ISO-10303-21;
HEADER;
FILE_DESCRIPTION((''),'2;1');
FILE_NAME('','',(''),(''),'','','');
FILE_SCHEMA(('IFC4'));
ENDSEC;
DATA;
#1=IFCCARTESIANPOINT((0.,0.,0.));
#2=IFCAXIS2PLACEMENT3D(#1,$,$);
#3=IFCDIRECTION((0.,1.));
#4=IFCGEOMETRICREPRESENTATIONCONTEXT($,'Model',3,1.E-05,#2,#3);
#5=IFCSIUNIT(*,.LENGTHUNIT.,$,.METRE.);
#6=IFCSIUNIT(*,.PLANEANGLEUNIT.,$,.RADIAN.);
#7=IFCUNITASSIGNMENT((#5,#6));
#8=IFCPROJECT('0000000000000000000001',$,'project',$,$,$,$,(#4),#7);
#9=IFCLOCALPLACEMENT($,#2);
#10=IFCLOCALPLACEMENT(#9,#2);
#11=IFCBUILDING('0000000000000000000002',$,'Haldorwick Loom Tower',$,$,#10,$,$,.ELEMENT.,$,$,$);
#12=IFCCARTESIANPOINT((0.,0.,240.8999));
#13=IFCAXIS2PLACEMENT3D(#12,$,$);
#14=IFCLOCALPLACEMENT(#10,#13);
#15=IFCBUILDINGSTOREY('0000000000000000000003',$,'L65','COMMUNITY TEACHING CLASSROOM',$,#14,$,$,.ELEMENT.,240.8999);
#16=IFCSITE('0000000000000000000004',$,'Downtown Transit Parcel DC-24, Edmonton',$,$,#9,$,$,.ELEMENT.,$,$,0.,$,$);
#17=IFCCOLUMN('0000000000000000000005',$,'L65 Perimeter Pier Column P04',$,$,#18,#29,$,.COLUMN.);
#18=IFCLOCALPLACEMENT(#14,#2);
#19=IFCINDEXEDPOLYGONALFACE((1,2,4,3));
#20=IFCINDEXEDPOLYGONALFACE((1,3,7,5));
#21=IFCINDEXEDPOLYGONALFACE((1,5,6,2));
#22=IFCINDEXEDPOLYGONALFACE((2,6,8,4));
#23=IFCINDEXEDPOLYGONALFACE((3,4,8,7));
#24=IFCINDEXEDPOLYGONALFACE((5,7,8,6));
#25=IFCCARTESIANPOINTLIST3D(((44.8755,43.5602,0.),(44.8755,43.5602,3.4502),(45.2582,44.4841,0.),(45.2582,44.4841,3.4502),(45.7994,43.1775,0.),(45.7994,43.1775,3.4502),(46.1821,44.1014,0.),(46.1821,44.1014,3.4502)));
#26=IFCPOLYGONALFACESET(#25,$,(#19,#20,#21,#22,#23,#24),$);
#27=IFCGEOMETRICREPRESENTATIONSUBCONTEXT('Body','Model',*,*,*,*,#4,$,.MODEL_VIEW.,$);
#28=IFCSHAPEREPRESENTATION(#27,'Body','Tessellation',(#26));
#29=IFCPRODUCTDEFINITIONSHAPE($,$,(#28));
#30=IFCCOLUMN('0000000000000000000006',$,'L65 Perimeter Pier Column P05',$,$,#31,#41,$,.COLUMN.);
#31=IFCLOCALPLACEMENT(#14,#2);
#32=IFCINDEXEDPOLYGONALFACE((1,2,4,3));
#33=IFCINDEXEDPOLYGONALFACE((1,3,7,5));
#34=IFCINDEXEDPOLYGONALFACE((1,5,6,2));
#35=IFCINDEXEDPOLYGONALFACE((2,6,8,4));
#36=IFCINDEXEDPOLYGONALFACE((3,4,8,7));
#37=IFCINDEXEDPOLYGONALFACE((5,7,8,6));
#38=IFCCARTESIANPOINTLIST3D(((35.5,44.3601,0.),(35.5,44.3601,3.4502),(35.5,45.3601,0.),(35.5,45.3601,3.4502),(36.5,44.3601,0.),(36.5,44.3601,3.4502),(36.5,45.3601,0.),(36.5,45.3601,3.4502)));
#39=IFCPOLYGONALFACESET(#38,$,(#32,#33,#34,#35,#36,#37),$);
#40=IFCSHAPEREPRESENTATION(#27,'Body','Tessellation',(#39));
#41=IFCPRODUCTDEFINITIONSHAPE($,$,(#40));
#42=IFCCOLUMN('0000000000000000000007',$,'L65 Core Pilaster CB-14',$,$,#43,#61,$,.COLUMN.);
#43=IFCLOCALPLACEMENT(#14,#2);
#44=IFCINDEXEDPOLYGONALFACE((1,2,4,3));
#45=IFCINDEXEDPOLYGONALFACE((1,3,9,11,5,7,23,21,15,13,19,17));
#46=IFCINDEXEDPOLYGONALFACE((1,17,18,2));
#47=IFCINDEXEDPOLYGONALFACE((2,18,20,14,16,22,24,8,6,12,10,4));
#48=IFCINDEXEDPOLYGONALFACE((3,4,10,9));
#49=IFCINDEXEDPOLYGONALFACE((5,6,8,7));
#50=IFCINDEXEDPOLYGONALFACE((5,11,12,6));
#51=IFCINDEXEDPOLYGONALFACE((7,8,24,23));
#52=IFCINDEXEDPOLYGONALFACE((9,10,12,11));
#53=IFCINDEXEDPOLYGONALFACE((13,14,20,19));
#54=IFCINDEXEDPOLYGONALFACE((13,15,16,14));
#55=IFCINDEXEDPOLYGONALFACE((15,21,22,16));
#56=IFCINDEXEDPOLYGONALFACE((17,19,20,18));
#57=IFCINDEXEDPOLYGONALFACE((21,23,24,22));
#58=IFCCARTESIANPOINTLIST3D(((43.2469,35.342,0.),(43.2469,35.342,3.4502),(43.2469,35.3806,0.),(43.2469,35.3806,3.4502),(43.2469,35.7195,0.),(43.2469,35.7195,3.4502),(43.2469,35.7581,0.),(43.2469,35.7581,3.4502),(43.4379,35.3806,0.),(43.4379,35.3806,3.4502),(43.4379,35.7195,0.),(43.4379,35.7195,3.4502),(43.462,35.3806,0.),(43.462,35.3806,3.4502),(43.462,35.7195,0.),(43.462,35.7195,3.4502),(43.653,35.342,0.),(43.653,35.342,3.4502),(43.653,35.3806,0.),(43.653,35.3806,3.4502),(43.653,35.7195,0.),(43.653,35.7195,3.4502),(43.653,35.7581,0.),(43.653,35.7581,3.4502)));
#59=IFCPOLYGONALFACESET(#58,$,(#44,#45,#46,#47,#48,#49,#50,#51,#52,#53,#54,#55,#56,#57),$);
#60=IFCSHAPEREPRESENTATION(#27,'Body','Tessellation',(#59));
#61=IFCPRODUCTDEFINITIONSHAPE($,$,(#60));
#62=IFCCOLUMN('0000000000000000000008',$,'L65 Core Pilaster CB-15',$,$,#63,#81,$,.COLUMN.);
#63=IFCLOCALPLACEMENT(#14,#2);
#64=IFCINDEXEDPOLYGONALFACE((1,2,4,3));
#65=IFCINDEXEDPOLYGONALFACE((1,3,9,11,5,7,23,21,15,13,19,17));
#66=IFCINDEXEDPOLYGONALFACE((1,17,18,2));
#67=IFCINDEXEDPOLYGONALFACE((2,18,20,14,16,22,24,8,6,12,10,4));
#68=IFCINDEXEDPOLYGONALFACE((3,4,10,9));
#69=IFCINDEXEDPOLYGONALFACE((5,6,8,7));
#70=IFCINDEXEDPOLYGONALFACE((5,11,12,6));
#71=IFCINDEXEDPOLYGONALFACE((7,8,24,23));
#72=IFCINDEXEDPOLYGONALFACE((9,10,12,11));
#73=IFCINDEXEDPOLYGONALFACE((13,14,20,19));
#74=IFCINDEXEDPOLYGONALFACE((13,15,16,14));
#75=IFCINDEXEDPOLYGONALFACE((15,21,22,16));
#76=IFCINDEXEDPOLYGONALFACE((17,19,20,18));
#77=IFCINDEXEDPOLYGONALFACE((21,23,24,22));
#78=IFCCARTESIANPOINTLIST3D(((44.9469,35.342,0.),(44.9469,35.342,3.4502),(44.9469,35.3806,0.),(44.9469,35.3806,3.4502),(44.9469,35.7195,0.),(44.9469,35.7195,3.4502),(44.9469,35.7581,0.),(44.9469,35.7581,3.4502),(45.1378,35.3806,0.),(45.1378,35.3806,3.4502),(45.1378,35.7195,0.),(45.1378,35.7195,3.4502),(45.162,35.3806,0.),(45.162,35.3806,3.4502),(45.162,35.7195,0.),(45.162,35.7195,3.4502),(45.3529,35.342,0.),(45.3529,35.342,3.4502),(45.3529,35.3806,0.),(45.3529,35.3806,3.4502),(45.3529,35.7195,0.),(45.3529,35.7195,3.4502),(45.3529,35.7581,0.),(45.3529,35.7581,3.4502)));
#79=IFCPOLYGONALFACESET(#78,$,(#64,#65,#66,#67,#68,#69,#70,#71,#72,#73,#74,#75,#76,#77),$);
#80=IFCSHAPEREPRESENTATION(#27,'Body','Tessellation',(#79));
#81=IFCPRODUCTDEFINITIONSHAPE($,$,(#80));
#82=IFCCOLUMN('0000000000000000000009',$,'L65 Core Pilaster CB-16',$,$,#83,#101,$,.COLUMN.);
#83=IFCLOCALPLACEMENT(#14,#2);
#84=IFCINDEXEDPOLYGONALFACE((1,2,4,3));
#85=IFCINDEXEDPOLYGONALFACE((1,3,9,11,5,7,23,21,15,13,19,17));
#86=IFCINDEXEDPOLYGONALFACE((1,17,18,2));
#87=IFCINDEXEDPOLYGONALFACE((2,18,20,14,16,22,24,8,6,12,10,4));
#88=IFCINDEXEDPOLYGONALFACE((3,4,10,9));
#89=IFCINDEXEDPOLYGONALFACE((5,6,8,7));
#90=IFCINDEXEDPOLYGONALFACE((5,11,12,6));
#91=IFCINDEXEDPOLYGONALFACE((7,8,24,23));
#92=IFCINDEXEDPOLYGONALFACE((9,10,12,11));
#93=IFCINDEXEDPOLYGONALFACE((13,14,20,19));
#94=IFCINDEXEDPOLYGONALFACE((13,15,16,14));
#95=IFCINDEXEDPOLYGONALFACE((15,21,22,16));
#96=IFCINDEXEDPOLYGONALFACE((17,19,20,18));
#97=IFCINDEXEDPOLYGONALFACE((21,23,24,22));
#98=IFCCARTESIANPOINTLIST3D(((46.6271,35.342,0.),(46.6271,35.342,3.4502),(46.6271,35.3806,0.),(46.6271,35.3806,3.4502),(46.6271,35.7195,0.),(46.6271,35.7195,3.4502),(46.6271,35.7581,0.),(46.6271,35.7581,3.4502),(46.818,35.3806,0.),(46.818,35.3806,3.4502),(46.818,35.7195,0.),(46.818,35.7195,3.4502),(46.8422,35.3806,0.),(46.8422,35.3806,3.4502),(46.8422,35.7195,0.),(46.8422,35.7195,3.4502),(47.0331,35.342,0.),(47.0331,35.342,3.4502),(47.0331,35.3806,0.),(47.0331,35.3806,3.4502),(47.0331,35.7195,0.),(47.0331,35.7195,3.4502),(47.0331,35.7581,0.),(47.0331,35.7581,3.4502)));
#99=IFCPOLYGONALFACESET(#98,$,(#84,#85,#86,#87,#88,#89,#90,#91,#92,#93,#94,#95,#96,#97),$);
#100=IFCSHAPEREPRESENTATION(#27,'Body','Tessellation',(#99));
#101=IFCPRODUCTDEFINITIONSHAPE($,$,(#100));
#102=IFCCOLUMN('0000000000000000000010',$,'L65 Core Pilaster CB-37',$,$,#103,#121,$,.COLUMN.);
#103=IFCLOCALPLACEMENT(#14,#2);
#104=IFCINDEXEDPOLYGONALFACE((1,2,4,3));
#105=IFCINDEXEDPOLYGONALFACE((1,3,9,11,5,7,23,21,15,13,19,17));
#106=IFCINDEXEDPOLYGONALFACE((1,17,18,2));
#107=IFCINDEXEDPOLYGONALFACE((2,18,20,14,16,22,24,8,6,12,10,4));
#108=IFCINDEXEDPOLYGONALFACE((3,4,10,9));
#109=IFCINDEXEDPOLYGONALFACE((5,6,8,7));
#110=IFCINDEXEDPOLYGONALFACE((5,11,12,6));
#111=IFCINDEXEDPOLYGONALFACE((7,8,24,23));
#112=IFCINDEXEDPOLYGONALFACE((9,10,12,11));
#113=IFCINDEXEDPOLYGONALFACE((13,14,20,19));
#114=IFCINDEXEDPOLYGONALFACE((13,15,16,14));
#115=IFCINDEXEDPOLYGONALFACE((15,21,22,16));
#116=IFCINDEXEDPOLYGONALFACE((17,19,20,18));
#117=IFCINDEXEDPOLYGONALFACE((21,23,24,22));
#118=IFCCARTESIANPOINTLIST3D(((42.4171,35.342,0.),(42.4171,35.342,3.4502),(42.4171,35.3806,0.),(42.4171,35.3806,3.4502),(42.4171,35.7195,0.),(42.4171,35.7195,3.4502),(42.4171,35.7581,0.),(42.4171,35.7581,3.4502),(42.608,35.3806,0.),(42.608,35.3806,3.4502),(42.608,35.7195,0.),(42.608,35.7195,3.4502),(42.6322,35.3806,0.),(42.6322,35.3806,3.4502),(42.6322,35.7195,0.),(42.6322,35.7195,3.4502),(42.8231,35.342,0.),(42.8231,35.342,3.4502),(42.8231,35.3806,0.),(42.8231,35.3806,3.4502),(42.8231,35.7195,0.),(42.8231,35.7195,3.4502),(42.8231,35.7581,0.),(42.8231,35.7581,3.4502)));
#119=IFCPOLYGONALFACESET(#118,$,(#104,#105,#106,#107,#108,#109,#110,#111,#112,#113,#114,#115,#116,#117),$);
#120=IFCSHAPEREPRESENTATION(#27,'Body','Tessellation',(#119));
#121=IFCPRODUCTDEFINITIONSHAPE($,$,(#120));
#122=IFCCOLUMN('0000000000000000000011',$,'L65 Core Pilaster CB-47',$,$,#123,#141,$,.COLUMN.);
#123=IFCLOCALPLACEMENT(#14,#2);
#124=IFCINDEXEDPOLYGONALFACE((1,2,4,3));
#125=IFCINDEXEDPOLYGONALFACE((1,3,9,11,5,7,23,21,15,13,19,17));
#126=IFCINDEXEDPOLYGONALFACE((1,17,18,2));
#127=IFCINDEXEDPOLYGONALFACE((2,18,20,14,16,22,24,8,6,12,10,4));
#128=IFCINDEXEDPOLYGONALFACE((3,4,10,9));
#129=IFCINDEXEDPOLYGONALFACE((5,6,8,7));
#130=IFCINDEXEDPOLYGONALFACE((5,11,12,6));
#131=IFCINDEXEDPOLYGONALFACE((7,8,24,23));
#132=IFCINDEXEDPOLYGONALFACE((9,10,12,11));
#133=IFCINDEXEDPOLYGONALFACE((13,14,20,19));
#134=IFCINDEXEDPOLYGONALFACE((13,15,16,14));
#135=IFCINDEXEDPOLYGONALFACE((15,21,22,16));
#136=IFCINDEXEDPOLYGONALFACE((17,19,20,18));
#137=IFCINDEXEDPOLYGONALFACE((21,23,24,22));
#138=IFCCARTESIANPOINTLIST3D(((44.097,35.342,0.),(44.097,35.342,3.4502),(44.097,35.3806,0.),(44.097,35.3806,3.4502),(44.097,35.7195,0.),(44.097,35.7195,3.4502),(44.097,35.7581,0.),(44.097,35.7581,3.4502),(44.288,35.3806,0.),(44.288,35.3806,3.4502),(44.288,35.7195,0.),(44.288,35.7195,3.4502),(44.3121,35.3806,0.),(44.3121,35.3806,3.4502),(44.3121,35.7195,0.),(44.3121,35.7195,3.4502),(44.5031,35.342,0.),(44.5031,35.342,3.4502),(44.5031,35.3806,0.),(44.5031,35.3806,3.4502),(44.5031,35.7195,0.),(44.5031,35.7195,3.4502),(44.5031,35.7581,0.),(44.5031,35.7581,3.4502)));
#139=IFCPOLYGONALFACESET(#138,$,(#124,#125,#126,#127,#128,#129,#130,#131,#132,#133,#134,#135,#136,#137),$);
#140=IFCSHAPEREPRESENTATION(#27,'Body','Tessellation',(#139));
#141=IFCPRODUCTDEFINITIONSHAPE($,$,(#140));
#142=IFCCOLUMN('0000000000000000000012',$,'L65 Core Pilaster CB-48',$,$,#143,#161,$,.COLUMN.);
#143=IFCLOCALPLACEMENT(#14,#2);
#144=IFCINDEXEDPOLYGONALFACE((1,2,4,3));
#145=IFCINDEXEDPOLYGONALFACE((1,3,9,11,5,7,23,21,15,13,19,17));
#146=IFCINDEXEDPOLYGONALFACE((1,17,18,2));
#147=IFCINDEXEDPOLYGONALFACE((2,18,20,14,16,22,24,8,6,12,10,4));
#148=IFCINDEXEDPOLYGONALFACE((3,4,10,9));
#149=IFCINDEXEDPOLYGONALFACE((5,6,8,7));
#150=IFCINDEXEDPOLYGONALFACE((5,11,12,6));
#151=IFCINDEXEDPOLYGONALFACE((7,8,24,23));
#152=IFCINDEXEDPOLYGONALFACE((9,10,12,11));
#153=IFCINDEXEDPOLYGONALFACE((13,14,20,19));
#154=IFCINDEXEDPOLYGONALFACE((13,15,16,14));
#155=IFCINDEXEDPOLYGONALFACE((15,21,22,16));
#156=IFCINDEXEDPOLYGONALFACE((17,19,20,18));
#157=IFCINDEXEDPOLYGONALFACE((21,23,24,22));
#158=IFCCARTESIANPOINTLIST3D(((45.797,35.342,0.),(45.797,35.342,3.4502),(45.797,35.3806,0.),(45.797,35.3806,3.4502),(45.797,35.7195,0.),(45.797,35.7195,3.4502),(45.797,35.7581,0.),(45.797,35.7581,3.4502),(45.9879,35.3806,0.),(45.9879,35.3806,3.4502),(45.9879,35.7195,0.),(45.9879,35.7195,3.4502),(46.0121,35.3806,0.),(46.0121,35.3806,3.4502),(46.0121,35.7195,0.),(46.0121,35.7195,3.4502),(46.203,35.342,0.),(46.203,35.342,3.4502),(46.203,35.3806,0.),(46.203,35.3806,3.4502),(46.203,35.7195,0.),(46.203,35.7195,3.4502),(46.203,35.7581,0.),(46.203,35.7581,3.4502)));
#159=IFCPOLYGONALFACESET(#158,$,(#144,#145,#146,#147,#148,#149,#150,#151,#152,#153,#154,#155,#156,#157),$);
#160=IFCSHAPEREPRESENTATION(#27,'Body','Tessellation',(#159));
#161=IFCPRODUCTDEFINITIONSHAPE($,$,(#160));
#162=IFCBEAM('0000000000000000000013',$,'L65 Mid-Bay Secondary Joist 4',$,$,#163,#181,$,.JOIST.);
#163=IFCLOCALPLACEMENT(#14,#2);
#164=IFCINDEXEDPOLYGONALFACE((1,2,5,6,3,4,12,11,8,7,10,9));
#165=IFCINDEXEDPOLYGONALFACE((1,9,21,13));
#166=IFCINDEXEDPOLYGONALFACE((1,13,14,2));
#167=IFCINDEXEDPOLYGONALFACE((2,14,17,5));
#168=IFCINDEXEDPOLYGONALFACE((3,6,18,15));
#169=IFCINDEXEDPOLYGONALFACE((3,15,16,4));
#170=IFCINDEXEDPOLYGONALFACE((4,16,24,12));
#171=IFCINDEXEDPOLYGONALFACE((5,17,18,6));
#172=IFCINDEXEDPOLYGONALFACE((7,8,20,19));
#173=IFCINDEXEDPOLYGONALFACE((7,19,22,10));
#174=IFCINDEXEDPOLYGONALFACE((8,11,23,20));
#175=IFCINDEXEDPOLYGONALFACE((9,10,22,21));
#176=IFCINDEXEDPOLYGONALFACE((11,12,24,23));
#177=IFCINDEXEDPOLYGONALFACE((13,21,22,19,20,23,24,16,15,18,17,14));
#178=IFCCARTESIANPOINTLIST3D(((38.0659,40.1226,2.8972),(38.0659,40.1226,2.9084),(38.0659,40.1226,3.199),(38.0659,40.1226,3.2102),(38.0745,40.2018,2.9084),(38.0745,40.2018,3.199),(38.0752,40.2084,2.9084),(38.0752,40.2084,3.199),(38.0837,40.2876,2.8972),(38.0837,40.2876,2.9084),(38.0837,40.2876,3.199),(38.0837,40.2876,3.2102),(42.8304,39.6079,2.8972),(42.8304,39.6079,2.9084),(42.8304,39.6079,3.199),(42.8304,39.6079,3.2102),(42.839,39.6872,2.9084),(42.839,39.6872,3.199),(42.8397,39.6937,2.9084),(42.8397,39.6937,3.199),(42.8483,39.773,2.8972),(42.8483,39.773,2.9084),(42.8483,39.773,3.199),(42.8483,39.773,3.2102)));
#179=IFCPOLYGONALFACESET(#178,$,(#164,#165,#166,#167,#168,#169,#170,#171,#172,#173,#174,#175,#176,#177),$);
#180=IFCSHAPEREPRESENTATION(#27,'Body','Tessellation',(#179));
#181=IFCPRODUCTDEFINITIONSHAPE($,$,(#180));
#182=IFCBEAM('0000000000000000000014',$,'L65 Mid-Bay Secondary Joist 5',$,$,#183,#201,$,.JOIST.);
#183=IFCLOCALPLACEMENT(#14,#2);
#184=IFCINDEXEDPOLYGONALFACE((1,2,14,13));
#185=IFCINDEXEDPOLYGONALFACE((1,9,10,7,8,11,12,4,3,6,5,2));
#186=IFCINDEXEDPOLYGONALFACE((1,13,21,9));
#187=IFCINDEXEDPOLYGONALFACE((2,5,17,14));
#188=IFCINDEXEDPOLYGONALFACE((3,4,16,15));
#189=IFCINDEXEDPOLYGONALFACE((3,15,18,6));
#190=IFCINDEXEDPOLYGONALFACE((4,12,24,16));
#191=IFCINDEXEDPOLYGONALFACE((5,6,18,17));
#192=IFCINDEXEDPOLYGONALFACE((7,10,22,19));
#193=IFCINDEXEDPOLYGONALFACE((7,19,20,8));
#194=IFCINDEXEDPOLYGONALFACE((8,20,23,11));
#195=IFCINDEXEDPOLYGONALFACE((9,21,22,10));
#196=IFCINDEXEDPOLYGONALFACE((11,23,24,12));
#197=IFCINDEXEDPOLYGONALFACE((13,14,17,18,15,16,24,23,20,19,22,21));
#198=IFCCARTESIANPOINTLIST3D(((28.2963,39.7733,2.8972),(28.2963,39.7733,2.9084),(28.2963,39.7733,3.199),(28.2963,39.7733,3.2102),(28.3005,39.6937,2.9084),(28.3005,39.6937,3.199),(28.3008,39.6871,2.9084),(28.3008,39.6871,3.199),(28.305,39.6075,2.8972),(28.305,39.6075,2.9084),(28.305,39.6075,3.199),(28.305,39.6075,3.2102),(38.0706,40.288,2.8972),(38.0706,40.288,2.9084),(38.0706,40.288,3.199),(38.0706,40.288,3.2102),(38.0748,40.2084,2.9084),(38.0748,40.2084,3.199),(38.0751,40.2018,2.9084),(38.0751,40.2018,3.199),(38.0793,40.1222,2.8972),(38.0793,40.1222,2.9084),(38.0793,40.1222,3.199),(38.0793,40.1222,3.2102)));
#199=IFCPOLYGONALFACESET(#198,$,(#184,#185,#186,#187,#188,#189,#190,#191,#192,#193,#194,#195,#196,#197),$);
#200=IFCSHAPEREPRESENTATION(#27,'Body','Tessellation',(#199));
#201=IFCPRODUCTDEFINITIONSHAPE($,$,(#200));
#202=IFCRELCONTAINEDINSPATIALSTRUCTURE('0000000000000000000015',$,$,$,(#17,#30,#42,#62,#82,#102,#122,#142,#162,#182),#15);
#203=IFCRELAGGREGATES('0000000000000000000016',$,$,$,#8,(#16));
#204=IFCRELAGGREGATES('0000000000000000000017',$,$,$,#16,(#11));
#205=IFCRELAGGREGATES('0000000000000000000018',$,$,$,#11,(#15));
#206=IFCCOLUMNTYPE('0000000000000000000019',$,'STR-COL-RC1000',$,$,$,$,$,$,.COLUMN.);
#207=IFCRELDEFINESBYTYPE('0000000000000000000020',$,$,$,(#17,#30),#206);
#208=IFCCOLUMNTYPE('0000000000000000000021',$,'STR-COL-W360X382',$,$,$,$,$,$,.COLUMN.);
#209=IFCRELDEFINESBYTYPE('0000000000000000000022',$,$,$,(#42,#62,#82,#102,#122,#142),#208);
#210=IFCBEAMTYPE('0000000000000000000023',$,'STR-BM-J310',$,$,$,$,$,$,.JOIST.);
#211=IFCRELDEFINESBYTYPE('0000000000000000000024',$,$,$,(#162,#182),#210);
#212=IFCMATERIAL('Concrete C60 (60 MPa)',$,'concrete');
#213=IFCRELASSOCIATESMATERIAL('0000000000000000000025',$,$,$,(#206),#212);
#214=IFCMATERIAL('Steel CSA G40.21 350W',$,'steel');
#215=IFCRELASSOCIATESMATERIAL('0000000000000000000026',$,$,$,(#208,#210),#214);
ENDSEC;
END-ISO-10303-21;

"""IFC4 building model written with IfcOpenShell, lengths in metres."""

from ifc_helpers import new_model, si_unit, direction, frame, origin, origin_2d, place, context, subcontext, project, spatial, rectangle, i_section, extrude, material, material_profile, profile_set, type_object, element, save


model = new_model("IFC4")

# Units and contexts
model_context = context("Model", 3, precision=1e-05, world=origin(), true_north=direction((0.0, 1.0)))
body_context = subcontext(model_context, "Body", "Model", "MODEL_VIEW")
ifc_project = project(units=[si_unit("LENGTHUNIT", "METRE"), si_unit("PLANEANGLEUNIT", "RADIAN")], contexts=[model_context])

# Site, building, storey
site_placement = place(None, origin())
site = spatial("IfcSite", under=ifc_project, at=site_placement, Name="Downtown Transit Parcel DC-24, Edmonton", CompositionType="ELEMENT", RefElevation=0.0)
building_placement = place(site_placement, origin())
building = spatial("IfcBuilding", under=site, at=building_placement, Name="Haldorwick Loom Tower", CompositionType="ELEMENT")
storey_placement = place(building_placement, frame((0.0, 0.0, 240.8999)))
storey = spatial("IfcBuildingStorey", under=building, at=storey_placement, Name="L65", Description="COMMUNITY TEACHING CLASSROOM", CompositionType="ELEMENT", Elevation=240.8999)

# Columns
ifc_material_1 = material(Name="Concrete C60 (60 MPa)", Category="concrete")
ifc_material_profile_1 = material_profile(ifc_material_1, rectangle(XDim=1.0, YDim=1.0, at=origin_2d()), Name="RC1000X1000", Category="concrete")
ifc_profile_set_1 = profile_set([ifc_material_profile_1], Name="Concrete C60 (60 MPa)")
column_type_1 = type_object("IfcColumnType", Name="STR-COL-RC1000", PredefinedType="COLUMN", material=ifc_profile_set_1)
for number, where, z_axis, x_axis, name in (
    (1, (45.5288, 43.8308, 0.0), (0.0, 0.0, 1.0), (0.382683, 0.92388, 0.0), "L65 Perimeter Pier Column P04"),
    (2, (36.0, 44.8601, 0.0), (0.0, 0.0, 1.0), (0.0, 1.0, 0.0), "L65 Perimeter Pier Column P05"),
):
    element("IfcColumn", number, at=place(storey_placement, frame(where, z_axis=z_axis, x_axis=x_axis)), inside=storey, type_object=column_type_1, Name=name, PredefinedType="COLUMN", context=body_context, shape_type="SweptSolid", body=[
        extrude(rectangle(XDim=1.0, YDim=1.0, at=origin_2d()), origin(), (0.0, 0.0, 1.0), 3.4502),
    ])
ifc_material_2 = material(Name="Steel CSA G40.21 350W", Category="steel")
ifc_material_profile_2 = material_profile(ifc_material_2, i_section(OverallWidth=0.406, OverallDepth=0.416, WebThickness=0.0242, FlangeThickness=0.0386, at=origin_2d()), Name="W360X382", Category="steel")
ifc_profile_set_2 = profile_set([ifc_material_profile_2], Name="Steel CSA G40.21 350W")
column_type_2 = type_object("IfcColumnType", Name="STR-COL-W360X382", PredefinedType="COLUMN", material=ifc_profile_set_2)
for number, where, z_axis, x_axis, name in (
    (3, (43.45, 35.55, 0.0), (0.0, 0.0, 1.0), (1.0, 0.0, 0.0), "L65 Core Pilaster CB-14"),
    (4, (45.1499, 35.55, 0.0), (0.0, 0.0, 1.0), (1.0, 0.0, 0.0), "L65 Core Pilaster CB-15"),
    (5, (46.8301, 35.55, 0.0), (0.0, 0.0, 1.0), (1.0, 0.0, 0.0), "L65 Core Pilaster CB-16"),
    (6, (42.6201, 35.55, 0.0), (0.0, 0.0, 1.0), (1.0, 0.0, 0.0), "L65 Core Pilaster CB-37"),
    (7, (44.3, 35.55, 0.0), (0.0, 0.0, 1.0), (1.0, 0.0, 0.0), "L65 Core Pilaster CB-47"),
    (8, (46.0, 35.55, 0.0), (0.0, 0.0, 1.0), (1.0, 0.0, 0.0), "L65 Core Pilaster CB-48"),
):
    element("IfcColumn", number, at=place(storey_placement, frame(where, z_axis=z_axis, x_axis=x_axis)), inside=storey, type_object=column_type_2, Name=name, PredefinedType="COLUMN", context=body_context, shape_type="SweptSolid", body=[
        extrude(i_section(OverallWidth=0.406, OverallDepth=0.416, WebThickness=0.0242, FlangeThickness=0.0386, at=origin_2d()), origin(), (0.0, 0.0, 1.0), 3.4502),
    ])

# Beams
ifc_material_profile_3 = material_profile(ifc_material_2, i_section(OverallWidth=0.166, OverallDepth=0.313, WebThickness=0.0066, FlangeThickness=0.0112, at=origin_2d()), Name="W310X45", Category="steel")
ifc_profile_set_3 = profile_set([ifc_material_profile_3], Name="Steel CSA G40.21 350W")
beam_type_1 = type_object("IfcBeamType", Name="STR-BM-J310", PredefinedType="JOIST", material=ifc_profile_set_3)
beam_1_placement = place(storey_placement, frame((42.8394, 39.6904, 3.0537), z_axis=(-0.994216, 0.107395, 0.0), x_axis=(-0.107395, -0.994216, 0.0)))
element("IfcBeam", 9, at=beam_1_placement, inside=storey, type_object=beam_type_1, Name="L65 Mid-Bay Secondary Joist 4", PredefinedType="JOIST", context=body_context, shape_type="SweptSolid", body=[
    extrude(i_section(OverallWidth=0.166, OverallDepth=0.313, WebThickness=0.0066, FlangeThickness=0.0112, at=origin_2d()), origin(), (0.0, 0.0, 1.0), 4.7922),
])
beam_2_placement = place(storey_placement, frame((38.075, 40.2051, 3.0537), z_axis=(-0.998617, -0.05258, 0.0), x_axis=(0.05258, -0.998617, 0.0)))
element("IfcBeam", 10, at=beam_2_placement, inside=storey, type_object=beam_type_1, Name="L65 Mid-Bay Secondary Joist 5", PredefinedType="JOIST", context=body_context, shape_type="SweptSolid", body=[
    extrude(i_section(OverallWidth=0.166, OverallDepth=0.313, WebThickness=0.0066, FlangeThickness=0.0112, at=origin_2d()), origin(), (0.0, 0.0, 1.0), 9.7878),
])

save(model, "model.ifc")
